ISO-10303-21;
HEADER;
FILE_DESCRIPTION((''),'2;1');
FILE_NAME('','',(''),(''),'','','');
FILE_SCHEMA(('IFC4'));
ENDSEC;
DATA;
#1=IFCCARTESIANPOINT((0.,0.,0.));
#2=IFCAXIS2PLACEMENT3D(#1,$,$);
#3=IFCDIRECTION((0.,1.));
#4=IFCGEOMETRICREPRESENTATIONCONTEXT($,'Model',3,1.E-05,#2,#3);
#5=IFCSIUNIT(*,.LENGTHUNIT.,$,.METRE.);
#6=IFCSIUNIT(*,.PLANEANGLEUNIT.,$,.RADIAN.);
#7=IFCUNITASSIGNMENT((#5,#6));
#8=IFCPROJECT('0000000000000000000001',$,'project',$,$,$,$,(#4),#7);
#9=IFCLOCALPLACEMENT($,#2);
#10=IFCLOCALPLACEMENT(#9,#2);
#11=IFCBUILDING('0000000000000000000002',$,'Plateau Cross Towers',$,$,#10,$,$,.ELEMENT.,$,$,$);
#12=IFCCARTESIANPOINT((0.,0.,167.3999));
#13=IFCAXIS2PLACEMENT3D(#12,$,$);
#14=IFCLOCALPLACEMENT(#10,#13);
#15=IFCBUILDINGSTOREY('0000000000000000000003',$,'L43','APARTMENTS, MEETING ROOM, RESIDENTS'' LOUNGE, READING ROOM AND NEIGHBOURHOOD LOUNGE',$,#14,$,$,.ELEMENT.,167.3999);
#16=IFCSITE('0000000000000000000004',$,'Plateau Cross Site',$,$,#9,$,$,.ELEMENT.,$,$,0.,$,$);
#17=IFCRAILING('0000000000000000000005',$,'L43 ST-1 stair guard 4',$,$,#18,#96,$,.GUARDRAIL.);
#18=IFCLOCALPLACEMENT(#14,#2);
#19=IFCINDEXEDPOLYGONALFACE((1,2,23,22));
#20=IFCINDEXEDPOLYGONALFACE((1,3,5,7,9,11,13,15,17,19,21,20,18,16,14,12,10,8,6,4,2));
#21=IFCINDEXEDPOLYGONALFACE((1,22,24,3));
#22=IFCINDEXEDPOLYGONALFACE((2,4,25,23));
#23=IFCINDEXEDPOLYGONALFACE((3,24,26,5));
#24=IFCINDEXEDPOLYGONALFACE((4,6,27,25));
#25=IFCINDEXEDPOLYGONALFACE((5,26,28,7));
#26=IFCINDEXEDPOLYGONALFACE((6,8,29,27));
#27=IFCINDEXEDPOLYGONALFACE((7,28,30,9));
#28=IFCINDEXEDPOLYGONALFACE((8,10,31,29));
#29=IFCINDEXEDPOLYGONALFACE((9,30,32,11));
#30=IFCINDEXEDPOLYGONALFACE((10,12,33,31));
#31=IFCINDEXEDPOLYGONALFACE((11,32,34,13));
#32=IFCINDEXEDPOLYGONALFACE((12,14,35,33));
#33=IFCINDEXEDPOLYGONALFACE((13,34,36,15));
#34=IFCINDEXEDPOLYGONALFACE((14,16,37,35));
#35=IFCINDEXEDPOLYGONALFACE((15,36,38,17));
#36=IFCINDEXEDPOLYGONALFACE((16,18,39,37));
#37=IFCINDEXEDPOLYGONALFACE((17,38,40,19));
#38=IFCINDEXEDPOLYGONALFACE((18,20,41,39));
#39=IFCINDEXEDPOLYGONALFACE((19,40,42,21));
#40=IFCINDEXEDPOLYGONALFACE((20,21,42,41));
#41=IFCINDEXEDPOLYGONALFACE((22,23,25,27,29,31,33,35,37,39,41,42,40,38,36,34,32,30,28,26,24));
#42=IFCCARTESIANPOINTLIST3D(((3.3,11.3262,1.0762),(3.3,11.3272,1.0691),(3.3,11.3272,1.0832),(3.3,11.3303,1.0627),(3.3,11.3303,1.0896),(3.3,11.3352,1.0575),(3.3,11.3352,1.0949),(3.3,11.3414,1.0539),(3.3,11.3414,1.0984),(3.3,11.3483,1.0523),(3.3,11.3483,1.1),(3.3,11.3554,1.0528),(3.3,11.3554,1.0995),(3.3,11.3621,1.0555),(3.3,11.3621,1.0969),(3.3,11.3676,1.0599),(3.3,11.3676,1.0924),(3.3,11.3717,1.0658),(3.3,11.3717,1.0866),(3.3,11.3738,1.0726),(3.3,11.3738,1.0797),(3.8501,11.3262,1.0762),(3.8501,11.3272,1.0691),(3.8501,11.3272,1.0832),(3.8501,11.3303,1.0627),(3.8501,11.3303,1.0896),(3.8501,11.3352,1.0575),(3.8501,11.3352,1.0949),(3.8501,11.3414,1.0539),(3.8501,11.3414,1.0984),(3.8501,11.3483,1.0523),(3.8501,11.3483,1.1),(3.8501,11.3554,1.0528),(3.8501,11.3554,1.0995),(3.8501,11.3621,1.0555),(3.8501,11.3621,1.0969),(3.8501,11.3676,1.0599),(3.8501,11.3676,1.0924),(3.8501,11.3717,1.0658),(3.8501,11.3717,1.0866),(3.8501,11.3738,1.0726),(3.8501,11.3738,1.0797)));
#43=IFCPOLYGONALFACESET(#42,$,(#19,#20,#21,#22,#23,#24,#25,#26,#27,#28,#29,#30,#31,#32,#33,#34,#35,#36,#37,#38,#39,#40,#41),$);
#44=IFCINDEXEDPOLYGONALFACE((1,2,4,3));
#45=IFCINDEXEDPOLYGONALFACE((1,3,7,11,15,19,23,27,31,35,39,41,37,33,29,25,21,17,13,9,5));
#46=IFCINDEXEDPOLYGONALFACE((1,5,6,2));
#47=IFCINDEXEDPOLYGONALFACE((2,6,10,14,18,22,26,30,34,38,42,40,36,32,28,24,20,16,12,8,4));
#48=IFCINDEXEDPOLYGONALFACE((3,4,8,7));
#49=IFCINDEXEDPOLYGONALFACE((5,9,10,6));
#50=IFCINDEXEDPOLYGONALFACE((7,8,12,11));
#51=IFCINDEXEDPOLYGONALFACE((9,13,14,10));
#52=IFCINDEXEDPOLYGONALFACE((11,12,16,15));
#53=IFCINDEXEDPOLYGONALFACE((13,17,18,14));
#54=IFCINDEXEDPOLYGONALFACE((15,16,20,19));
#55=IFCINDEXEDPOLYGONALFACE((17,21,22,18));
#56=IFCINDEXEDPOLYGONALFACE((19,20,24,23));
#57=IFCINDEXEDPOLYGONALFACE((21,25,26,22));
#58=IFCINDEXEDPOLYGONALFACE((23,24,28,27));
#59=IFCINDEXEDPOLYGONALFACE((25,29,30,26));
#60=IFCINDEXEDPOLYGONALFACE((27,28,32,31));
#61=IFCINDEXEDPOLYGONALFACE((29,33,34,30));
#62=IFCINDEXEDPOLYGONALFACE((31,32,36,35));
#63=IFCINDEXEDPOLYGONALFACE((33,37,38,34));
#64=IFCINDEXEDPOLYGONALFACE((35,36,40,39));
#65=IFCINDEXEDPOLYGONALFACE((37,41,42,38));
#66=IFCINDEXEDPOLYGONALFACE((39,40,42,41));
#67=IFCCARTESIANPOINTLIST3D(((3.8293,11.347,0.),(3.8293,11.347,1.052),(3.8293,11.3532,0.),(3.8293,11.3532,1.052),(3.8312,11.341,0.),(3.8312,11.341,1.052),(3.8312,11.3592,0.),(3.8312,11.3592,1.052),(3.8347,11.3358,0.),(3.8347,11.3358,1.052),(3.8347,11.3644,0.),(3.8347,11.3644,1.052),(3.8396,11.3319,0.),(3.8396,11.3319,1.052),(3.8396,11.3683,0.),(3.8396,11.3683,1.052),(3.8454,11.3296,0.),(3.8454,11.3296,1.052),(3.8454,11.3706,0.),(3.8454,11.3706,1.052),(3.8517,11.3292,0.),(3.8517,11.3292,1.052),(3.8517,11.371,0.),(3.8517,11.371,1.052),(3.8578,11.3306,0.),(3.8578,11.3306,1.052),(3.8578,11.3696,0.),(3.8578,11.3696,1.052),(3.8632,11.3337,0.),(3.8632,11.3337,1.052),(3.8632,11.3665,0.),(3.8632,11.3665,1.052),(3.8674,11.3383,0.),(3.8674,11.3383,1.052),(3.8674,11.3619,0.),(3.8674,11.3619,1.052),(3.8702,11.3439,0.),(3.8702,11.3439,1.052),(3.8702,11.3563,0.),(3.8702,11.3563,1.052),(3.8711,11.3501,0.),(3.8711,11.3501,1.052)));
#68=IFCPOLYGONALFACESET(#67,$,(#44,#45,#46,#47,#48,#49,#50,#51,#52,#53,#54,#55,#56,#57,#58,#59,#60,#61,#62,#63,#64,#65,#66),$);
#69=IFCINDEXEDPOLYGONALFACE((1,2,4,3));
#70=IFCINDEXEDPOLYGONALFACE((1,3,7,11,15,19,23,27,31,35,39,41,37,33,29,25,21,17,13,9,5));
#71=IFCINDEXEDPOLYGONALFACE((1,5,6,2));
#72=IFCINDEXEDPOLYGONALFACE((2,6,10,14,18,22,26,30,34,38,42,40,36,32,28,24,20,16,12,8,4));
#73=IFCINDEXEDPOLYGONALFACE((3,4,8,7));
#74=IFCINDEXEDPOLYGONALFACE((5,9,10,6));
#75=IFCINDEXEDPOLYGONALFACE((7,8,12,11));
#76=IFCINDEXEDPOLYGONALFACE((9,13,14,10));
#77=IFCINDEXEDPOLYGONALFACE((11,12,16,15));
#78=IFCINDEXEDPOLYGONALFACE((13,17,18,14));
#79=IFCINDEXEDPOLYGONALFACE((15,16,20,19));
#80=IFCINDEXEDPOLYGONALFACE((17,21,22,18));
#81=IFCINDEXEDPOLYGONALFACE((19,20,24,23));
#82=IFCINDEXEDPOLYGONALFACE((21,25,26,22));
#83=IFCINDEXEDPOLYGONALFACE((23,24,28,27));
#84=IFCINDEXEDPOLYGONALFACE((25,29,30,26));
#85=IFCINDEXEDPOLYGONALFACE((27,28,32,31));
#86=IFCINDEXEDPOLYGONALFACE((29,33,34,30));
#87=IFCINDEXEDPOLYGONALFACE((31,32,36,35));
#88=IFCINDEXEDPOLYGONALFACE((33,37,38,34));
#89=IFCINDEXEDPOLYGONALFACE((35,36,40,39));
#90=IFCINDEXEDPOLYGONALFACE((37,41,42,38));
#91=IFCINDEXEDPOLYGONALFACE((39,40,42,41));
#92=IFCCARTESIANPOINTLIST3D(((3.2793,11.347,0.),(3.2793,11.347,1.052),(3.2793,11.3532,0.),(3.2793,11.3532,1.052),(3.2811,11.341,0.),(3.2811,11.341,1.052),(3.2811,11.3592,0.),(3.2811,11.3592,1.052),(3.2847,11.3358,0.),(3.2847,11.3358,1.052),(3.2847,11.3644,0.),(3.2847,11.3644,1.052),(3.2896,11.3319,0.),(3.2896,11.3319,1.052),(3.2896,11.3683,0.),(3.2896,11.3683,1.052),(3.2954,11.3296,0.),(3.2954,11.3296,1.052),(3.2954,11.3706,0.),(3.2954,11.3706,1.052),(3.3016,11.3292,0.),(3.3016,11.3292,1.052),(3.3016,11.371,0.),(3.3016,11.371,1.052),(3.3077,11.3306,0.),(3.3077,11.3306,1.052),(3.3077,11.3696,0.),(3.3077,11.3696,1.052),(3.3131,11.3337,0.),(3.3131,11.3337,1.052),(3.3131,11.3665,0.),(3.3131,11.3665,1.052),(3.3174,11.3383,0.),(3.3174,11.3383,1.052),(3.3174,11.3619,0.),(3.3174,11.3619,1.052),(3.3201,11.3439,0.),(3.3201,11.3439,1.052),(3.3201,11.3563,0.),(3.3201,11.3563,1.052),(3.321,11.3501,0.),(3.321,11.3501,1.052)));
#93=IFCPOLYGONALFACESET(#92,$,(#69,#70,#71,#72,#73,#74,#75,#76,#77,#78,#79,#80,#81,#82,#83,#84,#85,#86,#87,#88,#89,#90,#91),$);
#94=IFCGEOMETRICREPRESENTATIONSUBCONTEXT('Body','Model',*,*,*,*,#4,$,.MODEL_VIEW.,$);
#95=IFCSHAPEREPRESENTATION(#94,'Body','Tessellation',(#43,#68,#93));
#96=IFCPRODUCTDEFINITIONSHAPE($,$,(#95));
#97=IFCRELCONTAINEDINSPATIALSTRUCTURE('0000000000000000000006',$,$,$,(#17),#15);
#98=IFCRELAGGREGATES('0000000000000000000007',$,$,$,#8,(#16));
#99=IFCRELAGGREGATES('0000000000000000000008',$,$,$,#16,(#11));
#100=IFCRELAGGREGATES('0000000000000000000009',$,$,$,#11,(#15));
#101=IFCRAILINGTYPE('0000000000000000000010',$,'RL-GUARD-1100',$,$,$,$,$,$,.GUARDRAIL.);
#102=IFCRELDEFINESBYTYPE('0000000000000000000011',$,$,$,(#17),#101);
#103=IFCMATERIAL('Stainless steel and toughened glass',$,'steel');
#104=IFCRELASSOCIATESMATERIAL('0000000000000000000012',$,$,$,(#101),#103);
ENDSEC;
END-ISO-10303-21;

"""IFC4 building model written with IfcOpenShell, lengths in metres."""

from ifc_helpers import new_model, si_unit, direction, frame, origin, origin_2d, place, context, subcontext, project, spatial, circle, extrude, material, type_object, element, save


model = new_model("IFC4")

# Units and contexts
model_context = context("Model", 3, precision=1e-05, world=origin(), true_north=direction((0.0, 1.0)))
body_context = subcontext(model_context, "Body", "Model", "MODEL_VIEW")
ifc_project = project(units=[si_unit("LENGTHUNIT", "METRE"), si_unit("PLANEANGLEUNIT", "RADIAN")], contexts=[model_context])

# Site, building, storey
site_placement = place(None, origin())
site = spatial("IfcSite", under=ifc_project, at=site_placement, Name="Plateau Cross Site", CompositionType="ELEMENT", RefElevation=0.0)
building_placement = place(site_placement, origin())
building = spatial("IfcBuilding", under=site, at=building_placement, Name="Plateau Cross Towers", CompositionType="ELEMENT")
storey_placement = place(building_placement, frame((0.0, 0.0, 167.3999)))
storey = spatial("IfcBuildingStorey", under=building, at=storey_placement, Name="L43", Description="APARTMENTS, MEETING ROOM, RESIDENTS' LOUNGE, READING ROOM AND NEIGHBOURHOOD LOUNGE", CompositionType="ELEMENT", Elevation=167.3999)

# Railing
ifc_material_1 = material(Name="Stainless steel and toughened glass", Category="steel")
railing_type_1 = type_object("IfcRailingType", Name="RL-GUARD-1100", PredefinedType="GUARDRAIL", material=ifc_material_1)
railing_1_placement = place(storey_placement, frame((3.8501, 11.3501, 0.0)))
element("IfcRailing", 1, at=railing_1_placement, inside=storey, type_object=railing_type_1, Name="L43 ST-1 stair guard 4", PredefinedType="GUARDRAIL", context=body_context, shape_type="SweptSolid", body=[
    extrude(circle(Radius=0.0239, at=origin_2d()), frame((0.0, 0.0, 1.0762), z_axis=(-1.0, 0.0, 0.0), x_axis=(0.0, -1.0, 0.0)), (0.0, 0.0, 1.0), 0.55),
    extrude(circle(Radius=0.021, at=origin_2d()), origin(), (0.0, 0.0, 1.0), 1.052),
    extrude(circle(Radius=0.021, at=origin_2d()), frame((-0.55, 0.0, 0.0)), (0.0, 0.0, 1.0), 1.052),
])

save(model, "model.ifc")
